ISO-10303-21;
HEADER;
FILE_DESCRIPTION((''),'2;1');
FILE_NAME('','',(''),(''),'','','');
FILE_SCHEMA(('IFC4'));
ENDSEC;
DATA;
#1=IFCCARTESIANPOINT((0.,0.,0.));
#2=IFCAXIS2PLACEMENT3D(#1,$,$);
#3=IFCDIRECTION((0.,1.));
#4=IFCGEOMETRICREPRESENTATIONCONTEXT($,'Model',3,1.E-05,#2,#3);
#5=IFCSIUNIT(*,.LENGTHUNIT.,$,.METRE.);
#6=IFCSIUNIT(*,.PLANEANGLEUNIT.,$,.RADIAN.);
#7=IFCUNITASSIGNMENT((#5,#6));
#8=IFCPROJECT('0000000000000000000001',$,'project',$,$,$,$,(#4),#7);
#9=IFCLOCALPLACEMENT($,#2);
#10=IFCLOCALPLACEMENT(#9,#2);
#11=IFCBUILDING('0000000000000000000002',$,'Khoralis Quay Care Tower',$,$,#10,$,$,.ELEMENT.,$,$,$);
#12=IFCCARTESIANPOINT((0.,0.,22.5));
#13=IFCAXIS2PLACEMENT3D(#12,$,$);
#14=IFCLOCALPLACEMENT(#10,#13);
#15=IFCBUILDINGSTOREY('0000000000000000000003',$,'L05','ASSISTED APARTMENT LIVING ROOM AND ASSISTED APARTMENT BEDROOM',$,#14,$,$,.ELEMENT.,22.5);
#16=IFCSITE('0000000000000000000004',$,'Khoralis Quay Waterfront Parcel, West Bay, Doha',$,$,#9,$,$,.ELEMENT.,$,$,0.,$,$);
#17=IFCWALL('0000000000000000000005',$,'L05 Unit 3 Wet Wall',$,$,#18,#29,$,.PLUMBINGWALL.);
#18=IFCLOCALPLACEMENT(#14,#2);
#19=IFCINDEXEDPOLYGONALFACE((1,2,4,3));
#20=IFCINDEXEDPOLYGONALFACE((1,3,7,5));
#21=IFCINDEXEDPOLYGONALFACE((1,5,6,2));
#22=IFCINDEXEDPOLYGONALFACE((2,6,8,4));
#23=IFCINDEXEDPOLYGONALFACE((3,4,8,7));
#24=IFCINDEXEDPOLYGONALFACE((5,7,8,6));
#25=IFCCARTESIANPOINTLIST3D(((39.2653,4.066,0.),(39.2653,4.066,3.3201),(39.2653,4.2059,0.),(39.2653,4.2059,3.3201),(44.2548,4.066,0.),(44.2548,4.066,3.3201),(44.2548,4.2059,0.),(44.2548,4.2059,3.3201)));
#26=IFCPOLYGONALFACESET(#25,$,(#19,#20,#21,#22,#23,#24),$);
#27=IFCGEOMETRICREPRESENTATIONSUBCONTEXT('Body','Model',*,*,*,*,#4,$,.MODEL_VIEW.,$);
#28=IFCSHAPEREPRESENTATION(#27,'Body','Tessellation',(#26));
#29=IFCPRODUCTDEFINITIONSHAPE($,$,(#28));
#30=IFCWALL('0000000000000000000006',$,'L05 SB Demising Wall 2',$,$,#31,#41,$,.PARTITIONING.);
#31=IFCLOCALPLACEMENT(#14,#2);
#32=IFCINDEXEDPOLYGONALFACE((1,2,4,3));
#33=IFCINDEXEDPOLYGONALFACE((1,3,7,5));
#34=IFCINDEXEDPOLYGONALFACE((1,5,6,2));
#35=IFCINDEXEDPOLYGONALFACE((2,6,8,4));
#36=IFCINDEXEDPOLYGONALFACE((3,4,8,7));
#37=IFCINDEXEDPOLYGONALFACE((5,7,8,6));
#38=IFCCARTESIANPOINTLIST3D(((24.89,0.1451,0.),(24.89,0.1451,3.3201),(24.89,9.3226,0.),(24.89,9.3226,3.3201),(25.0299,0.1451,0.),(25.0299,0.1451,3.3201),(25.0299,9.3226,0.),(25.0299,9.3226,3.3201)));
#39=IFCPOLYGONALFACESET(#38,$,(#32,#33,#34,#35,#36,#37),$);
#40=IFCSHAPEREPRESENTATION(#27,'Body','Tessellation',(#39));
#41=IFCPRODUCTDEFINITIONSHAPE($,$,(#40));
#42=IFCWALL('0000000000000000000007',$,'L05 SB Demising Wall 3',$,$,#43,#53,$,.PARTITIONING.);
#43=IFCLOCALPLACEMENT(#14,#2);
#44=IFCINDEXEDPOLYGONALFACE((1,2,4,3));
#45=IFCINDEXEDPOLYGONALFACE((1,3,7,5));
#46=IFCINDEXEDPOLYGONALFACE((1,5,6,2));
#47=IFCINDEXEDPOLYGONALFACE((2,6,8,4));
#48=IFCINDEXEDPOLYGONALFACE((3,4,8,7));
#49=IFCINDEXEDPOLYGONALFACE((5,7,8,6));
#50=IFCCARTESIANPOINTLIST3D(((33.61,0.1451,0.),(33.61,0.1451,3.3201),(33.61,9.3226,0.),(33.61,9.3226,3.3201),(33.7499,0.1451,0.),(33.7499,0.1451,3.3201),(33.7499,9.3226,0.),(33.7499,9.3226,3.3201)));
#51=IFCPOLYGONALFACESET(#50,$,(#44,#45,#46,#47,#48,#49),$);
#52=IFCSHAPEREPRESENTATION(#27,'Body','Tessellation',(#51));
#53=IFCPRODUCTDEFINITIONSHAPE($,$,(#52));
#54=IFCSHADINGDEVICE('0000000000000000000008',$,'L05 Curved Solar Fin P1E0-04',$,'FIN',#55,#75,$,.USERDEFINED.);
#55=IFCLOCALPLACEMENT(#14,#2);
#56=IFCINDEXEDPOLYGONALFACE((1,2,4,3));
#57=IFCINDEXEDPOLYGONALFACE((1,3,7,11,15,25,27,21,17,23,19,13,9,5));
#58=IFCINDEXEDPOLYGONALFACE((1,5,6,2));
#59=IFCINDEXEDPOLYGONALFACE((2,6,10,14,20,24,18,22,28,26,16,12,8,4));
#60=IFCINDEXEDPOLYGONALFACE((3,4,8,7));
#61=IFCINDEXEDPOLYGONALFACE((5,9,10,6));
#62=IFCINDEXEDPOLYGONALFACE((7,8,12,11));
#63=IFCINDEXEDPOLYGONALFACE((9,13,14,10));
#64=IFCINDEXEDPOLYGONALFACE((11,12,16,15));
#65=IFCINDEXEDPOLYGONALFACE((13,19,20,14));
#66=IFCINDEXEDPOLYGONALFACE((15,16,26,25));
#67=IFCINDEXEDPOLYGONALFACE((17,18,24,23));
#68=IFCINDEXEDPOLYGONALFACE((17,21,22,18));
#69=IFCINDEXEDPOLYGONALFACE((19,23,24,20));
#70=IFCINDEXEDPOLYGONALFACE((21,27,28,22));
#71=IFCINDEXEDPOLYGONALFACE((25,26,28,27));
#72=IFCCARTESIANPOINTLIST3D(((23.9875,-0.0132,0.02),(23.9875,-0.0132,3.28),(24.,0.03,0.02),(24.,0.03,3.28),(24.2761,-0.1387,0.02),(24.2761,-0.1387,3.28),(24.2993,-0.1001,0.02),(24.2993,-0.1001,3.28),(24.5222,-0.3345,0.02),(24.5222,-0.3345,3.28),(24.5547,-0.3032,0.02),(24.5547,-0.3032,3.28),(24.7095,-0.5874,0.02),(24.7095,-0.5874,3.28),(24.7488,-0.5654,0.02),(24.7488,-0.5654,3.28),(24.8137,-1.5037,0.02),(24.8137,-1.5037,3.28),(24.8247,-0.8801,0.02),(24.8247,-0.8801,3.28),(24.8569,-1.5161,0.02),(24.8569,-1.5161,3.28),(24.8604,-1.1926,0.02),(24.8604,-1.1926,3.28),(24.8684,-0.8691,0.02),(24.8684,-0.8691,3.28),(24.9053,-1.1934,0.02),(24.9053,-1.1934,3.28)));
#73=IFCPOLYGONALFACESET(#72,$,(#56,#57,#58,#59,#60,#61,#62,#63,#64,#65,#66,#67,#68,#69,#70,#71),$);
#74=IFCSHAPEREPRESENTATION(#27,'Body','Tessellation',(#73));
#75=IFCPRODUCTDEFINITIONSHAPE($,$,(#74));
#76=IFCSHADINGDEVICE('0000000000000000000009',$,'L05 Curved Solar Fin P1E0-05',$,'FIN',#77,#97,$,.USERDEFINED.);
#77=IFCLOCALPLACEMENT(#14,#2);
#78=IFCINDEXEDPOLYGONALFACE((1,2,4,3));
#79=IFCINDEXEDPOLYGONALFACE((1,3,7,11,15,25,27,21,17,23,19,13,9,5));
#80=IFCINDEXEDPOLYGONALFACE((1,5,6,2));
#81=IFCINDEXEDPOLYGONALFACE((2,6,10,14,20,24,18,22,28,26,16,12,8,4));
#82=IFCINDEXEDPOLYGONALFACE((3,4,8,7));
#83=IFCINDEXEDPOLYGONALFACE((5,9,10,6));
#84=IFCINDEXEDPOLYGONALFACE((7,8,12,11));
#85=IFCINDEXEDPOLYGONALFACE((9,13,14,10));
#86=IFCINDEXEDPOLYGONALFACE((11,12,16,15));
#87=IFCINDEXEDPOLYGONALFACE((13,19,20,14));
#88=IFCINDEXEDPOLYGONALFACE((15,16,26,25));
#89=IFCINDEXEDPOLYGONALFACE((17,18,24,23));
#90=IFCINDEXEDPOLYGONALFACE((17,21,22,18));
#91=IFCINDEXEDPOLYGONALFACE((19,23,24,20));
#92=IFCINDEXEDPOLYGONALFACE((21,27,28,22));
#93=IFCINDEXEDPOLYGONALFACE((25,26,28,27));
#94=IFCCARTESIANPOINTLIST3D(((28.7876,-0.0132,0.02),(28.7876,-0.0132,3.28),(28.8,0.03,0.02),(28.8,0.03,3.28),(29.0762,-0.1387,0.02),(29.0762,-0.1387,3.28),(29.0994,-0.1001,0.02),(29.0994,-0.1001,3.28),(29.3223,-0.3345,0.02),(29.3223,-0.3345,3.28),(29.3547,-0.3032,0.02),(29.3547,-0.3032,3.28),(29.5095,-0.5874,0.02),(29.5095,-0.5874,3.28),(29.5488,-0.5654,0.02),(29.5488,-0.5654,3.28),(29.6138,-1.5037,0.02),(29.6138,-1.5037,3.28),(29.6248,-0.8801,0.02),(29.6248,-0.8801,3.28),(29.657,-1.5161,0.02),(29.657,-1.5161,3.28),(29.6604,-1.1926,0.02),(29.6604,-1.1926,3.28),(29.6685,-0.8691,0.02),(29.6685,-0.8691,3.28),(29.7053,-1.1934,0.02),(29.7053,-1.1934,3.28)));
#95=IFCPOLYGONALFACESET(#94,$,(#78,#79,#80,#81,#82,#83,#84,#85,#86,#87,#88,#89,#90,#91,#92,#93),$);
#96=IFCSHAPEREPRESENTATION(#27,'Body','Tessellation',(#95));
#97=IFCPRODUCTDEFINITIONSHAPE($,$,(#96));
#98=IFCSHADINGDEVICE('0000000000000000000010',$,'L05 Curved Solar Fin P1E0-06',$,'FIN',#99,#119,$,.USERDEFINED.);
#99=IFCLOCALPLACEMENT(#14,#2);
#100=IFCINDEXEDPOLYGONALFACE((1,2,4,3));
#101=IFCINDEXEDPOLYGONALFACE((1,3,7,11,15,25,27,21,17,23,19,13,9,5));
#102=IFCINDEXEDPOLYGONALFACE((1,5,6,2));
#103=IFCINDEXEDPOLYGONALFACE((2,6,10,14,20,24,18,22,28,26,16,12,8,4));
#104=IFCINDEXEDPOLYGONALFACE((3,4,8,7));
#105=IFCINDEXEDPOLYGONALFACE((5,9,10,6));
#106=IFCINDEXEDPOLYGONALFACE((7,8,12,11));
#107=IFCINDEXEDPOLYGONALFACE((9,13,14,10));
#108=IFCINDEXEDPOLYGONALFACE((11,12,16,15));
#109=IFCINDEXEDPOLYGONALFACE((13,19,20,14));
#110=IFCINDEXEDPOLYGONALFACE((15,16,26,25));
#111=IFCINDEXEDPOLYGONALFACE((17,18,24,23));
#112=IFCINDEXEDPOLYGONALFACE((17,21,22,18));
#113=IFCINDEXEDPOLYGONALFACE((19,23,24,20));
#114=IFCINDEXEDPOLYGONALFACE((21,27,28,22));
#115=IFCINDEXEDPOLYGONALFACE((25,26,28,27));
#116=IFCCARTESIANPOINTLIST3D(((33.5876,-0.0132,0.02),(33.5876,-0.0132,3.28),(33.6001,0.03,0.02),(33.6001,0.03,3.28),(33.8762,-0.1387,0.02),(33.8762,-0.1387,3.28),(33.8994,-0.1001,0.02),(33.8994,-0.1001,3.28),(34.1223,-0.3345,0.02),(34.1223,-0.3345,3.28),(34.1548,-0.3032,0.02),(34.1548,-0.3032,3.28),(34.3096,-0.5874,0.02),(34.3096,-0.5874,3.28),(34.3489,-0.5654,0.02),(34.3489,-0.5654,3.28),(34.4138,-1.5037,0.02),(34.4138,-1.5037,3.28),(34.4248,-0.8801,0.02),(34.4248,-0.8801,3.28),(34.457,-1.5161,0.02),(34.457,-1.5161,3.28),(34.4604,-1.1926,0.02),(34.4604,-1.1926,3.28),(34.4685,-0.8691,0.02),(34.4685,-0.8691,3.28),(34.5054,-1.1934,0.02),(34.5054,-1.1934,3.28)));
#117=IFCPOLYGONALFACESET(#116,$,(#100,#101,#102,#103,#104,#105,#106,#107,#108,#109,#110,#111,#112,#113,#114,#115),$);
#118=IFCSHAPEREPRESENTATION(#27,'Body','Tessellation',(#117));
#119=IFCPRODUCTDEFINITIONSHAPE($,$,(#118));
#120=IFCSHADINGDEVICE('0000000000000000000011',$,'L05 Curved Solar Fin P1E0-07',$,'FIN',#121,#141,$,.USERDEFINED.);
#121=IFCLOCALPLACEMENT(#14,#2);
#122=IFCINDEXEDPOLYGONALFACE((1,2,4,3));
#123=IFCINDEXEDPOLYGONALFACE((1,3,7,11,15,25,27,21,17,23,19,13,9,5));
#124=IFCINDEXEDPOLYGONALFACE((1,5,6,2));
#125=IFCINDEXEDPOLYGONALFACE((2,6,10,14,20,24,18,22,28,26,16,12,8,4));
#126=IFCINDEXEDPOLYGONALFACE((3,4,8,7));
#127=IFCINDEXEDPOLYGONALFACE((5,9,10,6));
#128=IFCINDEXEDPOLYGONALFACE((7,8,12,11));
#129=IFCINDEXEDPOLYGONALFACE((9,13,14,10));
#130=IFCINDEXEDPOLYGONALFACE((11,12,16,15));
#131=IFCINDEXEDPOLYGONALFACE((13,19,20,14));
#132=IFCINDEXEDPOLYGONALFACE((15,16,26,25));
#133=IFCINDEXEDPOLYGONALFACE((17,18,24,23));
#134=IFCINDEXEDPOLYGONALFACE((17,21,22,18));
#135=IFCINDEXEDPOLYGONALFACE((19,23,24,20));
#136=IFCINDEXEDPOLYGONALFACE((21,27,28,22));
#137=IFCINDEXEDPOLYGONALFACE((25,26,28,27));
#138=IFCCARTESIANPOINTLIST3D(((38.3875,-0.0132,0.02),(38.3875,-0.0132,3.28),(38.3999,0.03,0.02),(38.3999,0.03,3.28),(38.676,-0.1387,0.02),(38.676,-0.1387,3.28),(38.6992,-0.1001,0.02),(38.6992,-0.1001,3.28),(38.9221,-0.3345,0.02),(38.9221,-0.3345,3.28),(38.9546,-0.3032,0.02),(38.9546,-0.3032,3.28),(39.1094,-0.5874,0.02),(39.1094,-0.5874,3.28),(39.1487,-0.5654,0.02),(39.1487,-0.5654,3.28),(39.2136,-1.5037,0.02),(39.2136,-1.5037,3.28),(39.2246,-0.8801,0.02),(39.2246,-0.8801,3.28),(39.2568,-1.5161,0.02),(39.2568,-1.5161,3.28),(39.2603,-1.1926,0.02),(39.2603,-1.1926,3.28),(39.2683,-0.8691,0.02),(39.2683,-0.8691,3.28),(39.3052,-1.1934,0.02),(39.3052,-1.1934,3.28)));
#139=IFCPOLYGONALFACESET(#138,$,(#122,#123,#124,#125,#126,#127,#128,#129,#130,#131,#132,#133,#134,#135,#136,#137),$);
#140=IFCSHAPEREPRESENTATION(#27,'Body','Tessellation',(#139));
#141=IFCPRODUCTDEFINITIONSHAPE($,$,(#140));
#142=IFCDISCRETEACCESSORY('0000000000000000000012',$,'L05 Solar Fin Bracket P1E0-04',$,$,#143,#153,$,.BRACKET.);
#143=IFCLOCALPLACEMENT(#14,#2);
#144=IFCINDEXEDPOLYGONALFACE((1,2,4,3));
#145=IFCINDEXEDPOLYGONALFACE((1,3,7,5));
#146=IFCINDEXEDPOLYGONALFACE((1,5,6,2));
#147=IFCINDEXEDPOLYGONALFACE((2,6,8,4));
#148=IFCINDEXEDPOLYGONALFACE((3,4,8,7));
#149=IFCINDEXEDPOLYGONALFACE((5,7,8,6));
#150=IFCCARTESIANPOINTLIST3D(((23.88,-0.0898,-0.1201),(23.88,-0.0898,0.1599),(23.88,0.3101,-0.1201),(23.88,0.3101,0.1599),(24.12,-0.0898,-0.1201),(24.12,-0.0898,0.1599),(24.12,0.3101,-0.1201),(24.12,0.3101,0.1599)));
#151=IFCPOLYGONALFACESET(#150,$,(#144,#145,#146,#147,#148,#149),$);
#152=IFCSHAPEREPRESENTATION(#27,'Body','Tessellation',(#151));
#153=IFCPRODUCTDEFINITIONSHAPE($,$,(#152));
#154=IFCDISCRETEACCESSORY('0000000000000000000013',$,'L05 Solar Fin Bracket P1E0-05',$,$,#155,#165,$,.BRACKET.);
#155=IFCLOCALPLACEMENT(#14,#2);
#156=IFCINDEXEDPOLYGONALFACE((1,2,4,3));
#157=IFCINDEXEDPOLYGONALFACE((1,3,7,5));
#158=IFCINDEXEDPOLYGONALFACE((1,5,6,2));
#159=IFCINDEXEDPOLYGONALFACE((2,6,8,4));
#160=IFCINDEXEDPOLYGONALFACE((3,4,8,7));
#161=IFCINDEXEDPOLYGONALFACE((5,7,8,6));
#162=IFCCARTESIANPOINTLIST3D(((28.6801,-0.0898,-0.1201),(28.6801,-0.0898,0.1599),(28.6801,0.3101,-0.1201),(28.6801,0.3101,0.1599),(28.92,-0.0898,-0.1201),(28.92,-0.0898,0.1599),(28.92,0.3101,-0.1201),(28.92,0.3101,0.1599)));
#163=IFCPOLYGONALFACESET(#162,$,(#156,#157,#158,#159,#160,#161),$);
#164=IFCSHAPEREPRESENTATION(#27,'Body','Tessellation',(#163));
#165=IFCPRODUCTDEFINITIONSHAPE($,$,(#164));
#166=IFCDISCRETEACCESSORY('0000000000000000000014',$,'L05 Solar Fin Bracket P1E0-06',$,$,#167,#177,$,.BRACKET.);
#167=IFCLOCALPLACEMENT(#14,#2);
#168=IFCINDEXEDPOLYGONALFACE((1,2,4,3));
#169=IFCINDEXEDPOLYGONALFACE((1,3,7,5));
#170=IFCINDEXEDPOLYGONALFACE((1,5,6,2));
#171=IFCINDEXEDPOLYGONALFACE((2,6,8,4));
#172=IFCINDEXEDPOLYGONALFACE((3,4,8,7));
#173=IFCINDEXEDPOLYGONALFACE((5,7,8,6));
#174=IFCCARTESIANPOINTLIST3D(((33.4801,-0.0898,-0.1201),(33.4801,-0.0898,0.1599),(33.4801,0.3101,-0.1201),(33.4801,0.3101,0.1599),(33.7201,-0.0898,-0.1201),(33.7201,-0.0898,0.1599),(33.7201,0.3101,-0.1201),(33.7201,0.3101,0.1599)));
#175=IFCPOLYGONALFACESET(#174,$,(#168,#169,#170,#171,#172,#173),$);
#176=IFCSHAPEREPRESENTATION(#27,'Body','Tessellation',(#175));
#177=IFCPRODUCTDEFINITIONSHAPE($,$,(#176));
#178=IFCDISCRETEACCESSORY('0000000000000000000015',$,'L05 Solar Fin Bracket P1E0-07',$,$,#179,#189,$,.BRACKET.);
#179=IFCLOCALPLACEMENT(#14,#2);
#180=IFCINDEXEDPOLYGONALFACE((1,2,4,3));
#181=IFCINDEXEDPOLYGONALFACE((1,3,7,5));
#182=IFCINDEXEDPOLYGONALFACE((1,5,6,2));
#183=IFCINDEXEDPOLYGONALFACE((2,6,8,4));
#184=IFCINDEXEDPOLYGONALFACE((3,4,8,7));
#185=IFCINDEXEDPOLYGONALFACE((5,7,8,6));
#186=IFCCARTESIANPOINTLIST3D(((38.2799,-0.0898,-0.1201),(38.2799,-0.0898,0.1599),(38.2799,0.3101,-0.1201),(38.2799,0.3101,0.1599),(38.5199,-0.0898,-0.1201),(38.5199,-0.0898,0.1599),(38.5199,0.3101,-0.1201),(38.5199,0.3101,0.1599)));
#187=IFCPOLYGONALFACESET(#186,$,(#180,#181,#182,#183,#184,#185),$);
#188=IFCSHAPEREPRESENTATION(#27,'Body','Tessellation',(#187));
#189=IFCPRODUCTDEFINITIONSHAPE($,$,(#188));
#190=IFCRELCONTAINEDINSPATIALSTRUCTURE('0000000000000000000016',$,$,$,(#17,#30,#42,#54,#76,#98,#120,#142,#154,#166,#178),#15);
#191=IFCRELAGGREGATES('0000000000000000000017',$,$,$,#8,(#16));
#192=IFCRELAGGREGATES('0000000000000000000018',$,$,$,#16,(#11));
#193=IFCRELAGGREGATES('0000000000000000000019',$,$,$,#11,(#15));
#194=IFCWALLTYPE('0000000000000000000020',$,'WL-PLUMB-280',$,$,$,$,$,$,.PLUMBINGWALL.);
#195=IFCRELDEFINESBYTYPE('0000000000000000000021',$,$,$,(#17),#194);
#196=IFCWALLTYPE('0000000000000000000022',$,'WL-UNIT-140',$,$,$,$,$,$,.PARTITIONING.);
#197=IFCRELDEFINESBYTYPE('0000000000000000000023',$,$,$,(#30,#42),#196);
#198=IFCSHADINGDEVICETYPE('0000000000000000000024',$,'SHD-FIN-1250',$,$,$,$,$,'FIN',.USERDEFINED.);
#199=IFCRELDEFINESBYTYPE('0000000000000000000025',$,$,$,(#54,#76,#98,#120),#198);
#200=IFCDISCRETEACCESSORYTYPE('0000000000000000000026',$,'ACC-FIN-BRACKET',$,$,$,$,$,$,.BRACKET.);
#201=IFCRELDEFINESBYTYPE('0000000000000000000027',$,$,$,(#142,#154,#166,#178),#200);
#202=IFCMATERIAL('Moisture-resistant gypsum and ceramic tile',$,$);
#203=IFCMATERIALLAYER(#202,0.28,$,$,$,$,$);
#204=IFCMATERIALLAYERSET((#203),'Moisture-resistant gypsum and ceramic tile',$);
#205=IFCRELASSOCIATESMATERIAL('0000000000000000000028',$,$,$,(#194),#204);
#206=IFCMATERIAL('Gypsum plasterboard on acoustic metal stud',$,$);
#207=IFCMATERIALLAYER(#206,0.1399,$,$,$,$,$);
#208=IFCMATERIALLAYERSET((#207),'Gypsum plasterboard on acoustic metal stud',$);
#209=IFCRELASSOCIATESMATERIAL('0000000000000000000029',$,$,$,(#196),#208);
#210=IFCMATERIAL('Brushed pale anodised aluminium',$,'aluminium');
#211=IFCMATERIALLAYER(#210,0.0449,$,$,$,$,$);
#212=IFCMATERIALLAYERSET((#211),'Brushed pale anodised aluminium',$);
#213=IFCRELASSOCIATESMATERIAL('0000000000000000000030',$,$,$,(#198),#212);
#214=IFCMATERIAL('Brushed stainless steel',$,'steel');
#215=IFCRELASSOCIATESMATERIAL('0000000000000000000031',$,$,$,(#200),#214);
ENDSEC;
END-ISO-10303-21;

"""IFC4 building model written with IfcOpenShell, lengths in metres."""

from ifc_helpers import new_model, si_unit, direction, frame, frame_2d, origin, origin_2d, place, context, subcontext, project, spatial, polyline, rectangle, outline, extrude, source, transform, mapped, material, layer, layer_set, type_object, element, save


model = new_model("IFC4")

# Units and contexts
model_context = context("Model", 3, precision=1e-05, world=origin(), true_north=direction((0.0, 1.0)))
body_context = subcontext(model_context, "Body", "Model", "MODEL_VIEW")
ifc_project = project(units=[si_unit("LENGTHUNIT", "METRE"), si_unit("PLANEANGLEUNIT", "RADIAN")], contexts=[model_context])

# Site, building, storey
site_placement = place(None, origin())
site = spatial("IfcSite", under=ifc_project, at=site_placement, Name="Khoralis Quay Waterfront Parcel, West Bay, Doha", CompositionType="ELEMENT", RefElevation=0.0)
building_placement = place(site_placement, origin())
building = spatial("IfcBuilding", under=site, at=building_placement, Name="Khoralis Quay Care Tower", CompositionType="ELEMENT")
storey_placement = place(building_placement, frame((0.0, 0.0, 22.5)))
storey = spatial("IfcBuildingStorey", under=building, at=storey_placement, Name="L05", Description="ASSISTED APARTMENT LIVING ROOM AND ASSISTED APARTMENT BEDROOM", CompositionType="ELEMENT", Elevation=22.5)

# Shared definitions
ifc_material_1 = material(Name="Gypsum plasterboard on acoustic metal stud")

# Walls
ifc_material_2 = material(Name="Moisture-resistant gypsum and ceramic tile")
ifc_layer_1 = layer(ifc_material_2, 0.28)
ifc_layer_set_1 = layer_set([ifc_layer_1], Name="Moisture-resistant gypsum and ceramic tile")
wall_type_1 = type_object("IfcWallType", Name="WL-PLUMB-280", PredefinedType="PLUMBINGWALL", material=ifc_layer_set_1)
wall_1_placement = place(storey_placement, frame((39.2654, 4.136, 0.0), z_axis=(0.0, 0.0, 1.0), x_axis=(1.0, 0.0, 0.0)))
element("IfcWall", 1, at=wall_1_placement, inside=storey, type_object=wall_type_1, Name="L05 Unit 3 Wet Wall", PredefinedType="PLUMBINGWALL", context=body_context, shape_type="SweptSolid", body=[
    extrude(rectangle(XDim=4.9895, YDim=0.1399, at=frame_2d((2.4946, 0.0))), origin(), (0.0, 0.0, 1.0), 3.3201),
])
ifc_layer_2 = layer(ifc_material_1, 0.1399)
ifc_layer_set_2 = layer_set([ifc_layer_2], Name="Gypsum plasterboard on acoustic metal stud")
wall_type_2 = type_object("IfcWallType", Name="WL-UNIT-140", PredefinedType="PARTITIONING", material=ifc_layer_set_2)
for number, where, z_axis, x_axis, name in (
    (2, (24.96, 0.145, 0.0), (0.0, 0.0, 1.0), (0.0, 1.0, 0.0), "L05 SB Demising Wall 2"),
    (3, (33.6799, 0.145, 0.0), (0.0, 0.0, 1.0), (0.0, 1.0, 0.0), "L05 SB Demising Wall 3"),
):
    element("IfcWall", number, at=place(storey_placement, frame(where, z_axis=z_axis, x_axis=x_axis)), inside=storey, type_object=wall_type_2, Name=name, PredefinedType="PARTITIONING", context=body_context, shape_type="SweptSolid", body=[
        extrude(rectangle(XDim=9.1775, YDim=0.1399, at=frame_2d((4.5889, 0.0))), origin(), (0.0, 0.0, 1.0), 3.3201),
    ])

# Shading devices
ifc_material_3 = material(Name="Brushed pale anodised aluminium", Category="aluminium")
ifc_layer_3 = layer(ifc_material_3, 0.0449)
ifc_layer_set_3 = layer_set([ifc_layer_3], Name="Brushed pale anodised aluminium")
shading_device_type = type_object("IfcShadingDeviceType", Name="SHD-FIN-1250", ElementType="FIN", PredefinedType="USERDEFINED", material=ifc_layer_set_3)
shared_shape_1 = source(origin(), body_context, "Body", "SweptSolid", [
    extrude(outline(polyline([(0.0, 0.0), (0.1301, 0.2993), (0.3333, 0.5547), (0.5955, 0.7488), (0.8992, 0.8684), (1.2234, 0.9053), (1.5461, 0.8569), (1.5337, 0.8137), (1.2227, 0.8604), (0.9102, 0.8247), (0.6174, 0.7095), (0.3645, 0.5222), (0.1687, 0.2761), (0.0432, -0.0125), (0.0, 0.0)])), origin(), (0.0, 0.0, 1.0), 3.26),
])
for number, where, z_axis, x_axis, name in (
    (4, (24.0, 0.03, 0.02), (0.0, 0.0, 1.0), (0.0, -1.0, 0.0), "L05 Curved Solar Fin P1E0-04"),
    (5, (28.8, 0.03, 0.02), (0.0, 0.0, 1.0), (0.0, -1.0, 0.0), "L05 Curved Solar Fin P1E0-05"),
    (6, (33.6001, 0.03, 0.02), (0.0, 0.0, 1.0), (0.0, -1.0, 0.0), "L05 Curved Solar Fin P1E0-06"),
    (7, (38.3999, 0.03, 0.02), (0.0, 0.0, 1.0), (0.0, -1.0, 0.0), "L05 Curved Solar Fin P1E0-07"),
):
    element("IfcShadingDevice", number, at=place(storey_placement, frame(where, z_axis=z_axis, x_axis=x_axis)), inside=storey, type_object=shading_device_type, Name=name, ObjectType="FIN", PredefinedType="USERDEFINED", context=body_context, shape_type="MappedRepresentation", body=[
        mapped(shared_shape_1, transform((0.0, 0.0, 0.0), scale=1.0)),
    ])

# Discrete accessories
ifc_material_4 = material(Name="Brushed stainless steel", Category="steel")
discrete_accessory_type = type_object("IfcDiscreteAccessoryType", Name="ACC-FIN-BRACKET", PredefinedType="BRACKET", material=ifc_material_4)
shared_shape_2 = source(origin(), body_context, "Body", "SweptSolid", [
    extrude(rectangle(XDim=0.3999, YDim=0.24, at=origin_2d()), origin(), (0.0, 0.0, 1.0), 0.28),
])
for number, where, z_axis, x_axis, name in (
    (8, (24.0, 0.1101, -0.1201), (0.0, 0.0, 1.0), (0.0, -1.0, 0.0), "L05 Solar Fin Bracket P1E0-04"),
    (9, (28.8, 0.1101, -0.1201), (0.0, 0.0, 1.0), (0.0, -1.0, 0.0), "L05 Solar Fin Bracket P1E0-05"),
    (10, (33.6001, 0.1101, -0.1201), (0.0, 0.0, 1.0), (0.0, -1.0, 0.0), "L05 Solar Fin Bracket P1E0-06"),
    (11, (38.3999, 0.1101, -0.1201), (0.0, 0.0, 1.0), (0.0, -1.0, 0.0), "L05 Solar Fin Bracket P1E0-07"),
):
    element("IfcDiscreteAccessory", number, at=place(storey_placement, frame(where, z_axis=z_axis, x_axis=x_axis)), inside=storey, type_object=discrete_accessory_type, Name=name, PredefinedType="BRACKET", context=body_context, shape_type="MappedRepresentation", body=[
        mapped(shared_shape_2, transform((0.0, 0.0, 0.0), scale=1.0)),
    ])

save(model, "model.ifc")
